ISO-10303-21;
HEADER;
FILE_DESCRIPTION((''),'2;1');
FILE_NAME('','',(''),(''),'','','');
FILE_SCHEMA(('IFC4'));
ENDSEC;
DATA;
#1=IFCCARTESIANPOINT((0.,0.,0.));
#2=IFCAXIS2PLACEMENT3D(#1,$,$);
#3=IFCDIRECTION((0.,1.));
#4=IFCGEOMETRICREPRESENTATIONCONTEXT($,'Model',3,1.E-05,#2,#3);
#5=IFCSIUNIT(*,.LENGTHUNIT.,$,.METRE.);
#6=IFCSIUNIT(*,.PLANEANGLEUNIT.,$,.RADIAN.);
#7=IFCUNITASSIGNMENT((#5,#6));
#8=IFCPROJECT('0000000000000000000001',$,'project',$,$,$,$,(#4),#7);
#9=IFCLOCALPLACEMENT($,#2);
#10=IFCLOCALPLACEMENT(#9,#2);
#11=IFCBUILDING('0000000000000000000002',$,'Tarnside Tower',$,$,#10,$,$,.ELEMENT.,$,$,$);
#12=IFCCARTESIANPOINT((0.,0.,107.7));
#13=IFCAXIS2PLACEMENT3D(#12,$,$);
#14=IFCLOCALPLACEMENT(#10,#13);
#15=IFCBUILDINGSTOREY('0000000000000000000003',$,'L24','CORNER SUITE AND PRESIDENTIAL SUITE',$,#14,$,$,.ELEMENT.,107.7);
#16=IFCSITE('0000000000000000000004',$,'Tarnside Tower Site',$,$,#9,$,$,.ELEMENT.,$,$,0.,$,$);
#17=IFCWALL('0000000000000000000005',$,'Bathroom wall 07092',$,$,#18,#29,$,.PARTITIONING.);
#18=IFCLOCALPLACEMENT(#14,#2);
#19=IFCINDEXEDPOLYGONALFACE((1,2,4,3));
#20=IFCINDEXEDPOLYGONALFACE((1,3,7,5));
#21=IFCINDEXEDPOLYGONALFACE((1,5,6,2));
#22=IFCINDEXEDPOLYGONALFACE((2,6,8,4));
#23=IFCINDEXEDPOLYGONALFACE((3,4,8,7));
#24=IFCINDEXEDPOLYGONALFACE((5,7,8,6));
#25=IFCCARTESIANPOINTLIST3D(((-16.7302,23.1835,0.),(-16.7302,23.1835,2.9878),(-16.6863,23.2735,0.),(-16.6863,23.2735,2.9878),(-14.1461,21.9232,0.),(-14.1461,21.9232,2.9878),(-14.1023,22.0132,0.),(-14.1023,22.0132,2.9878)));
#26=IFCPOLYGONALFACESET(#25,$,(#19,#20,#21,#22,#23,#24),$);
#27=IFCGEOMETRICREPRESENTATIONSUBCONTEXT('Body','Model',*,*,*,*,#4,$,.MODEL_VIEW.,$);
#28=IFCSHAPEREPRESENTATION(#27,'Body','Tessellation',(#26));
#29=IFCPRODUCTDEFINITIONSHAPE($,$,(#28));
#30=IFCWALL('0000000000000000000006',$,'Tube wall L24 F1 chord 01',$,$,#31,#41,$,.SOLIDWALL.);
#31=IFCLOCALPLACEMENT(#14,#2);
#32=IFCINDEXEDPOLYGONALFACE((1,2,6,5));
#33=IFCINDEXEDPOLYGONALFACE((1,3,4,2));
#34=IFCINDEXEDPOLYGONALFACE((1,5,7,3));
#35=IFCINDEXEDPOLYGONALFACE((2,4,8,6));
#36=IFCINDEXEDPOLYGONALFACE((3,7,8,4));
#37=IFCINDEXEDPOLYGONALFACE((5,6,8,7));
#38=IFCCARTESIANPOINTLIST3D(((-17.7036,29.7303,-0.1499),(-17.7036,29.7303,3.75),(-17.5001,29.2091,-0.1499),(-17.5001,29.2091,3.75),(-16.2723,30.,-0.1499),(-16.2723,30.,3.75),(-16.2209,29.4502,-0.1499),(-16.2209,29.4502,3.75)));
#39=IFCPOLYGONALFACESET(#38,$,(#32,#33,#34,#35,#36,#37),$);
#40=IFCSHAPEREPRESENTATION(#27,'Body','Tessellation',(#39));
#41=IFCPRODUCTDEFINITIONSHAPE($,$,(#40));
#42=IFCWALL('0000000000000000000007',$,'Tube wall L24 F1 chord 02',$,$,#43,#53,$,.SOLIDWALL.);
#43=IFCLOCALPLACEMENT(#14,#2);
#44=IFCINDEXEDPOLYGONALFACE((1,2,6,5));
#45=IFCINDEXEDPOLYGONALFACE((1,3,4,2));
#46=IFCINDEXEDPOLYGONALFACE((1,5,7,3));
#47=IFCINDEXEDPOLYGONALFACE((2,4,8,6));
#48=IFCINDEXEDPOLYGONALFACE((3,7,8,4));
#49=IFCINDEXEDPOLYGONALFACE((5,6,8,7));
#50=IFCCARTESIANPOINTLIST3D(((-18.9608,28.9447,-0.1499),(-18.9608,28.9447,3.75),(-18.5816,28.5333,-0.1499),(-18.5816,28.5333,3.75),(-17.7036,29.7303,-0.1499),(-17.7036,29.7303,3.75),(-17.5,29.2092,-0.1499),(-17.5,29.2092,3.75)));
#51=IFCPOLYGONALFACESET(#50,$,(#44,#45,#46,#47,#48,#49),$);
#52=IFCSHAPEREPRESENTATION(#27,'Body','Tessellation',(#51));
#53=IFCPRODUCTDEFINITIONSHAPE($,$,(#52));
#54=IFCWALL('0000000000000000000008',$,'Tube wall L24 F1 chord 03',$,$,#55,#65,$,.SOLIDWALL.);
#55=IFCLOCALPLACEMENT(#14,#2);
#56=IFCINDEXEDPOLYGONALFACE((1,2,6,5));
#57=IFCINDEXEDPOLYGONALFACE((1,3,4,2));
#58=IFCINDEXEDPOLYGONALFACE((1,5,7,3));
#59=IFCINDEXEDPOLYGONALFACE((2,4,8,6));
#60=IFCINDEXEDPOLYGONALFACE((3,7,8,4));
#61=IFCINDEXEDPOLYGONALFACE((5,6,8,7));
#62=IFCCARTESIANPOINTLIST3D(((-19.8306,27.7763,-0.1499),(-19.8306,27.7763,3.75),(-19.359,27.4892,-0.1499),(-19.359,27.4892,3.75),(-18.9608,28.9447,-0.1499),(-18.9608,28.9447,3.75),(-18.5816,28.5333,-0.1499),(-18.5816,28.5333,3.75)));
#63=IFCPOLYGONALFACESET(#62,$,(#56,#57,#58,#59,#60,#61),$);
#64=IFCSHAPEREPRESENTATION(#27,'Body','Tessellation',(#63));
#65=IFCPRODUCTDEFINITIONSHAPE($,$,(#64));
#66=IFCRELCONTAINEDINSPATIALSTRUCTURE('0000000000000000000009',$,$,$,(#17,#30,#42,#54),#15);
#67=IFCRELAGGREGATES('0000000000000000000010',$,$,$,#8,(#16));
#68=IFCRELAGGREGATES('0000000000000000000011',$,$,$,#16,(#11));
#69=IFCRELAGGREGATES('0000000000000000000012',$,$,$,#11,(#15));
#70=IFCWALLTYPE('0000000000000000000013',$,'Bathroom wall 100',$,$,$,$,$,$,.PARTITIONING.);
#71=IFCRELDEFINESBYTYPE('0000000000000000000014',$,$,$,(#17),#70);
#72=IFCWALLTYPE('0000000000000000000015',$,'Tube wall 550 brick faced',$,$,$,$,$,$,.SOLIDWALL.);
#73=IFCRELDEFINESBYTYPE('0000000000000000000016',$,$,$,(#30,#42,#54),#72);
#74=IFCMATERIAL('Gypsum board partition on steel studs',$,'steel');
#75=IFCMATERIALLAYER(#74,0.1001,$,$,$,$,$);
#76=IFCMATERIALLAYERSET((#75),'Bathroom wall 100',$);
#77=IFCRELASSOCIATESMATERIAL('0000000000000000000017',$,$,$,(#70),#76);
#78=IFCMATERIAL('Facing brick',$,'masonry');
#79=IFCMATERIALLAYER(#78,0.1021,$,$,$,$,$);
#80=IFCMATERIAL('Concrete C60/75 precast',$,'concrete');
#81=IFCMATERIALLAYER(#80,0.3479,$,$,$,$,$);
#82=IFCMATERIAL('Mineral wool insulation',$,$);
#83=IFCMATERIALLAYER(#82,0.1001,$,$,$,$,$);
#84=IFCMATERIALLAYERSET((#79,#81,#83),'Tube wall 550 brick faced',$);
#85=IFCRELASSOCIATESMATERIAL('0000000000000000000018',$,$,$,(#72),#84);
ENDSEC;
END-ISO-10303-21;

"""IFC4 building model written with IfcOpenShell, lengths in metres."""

from ifc_helpers import new_model, si_unit, direction, frame, frame_2d, origin, place, context, subcontext, project, spatial, polyline, rectangle, outline, extrude, material, layer, layer_set, type_object, element, save


model = new_model("IFC4")

# Units and contexts
model_context = context("Model", 3, precision=1e-05, world=origin(), true_north=direction((0.0, 1.0)))
body_context = subcontext(model_context, "Body", "Model", "MODEL_VIEW")
ifc_project = project(units=[si_unit("LENGTHUNIT", "METRE"), si_unit("PLANEANGLEUNIT", "RADIAN")], contexts=[model_context])

# Site, building, storey
site_placement = place(None, origin())
site = spatial("IfcSite", under=ifc_project, at=site_placement, Name="Tarnside Tower Site", CompositionType="ELEMENT", RefElevation=0.0)
building_placement = place(site_placement, origin())
building = spatial("IfcBuilding", under=site, at=building_placement, Name="Tarnside Tower", CompositionType="ELEMENT")
storey_placement = place(building_placement, frame((0.0, 0.0, 107.7)))
storey = spatial("IfcBuildingStorey", under=building, at=storey_placement, Name="L24", Description="CORNER SUITE AND PRESIDENTIAL SUITE", CompositionType="ELEMENT", Elevation=107.7)

# Walls
ifc_material_1 = material(Name="Gypsum board partition on steel studs", Category="steel")
ifc_layer_1 = layer(ifc_material_1, 0.1001)
ifc_layer_set_1 = layer_set([ifc_layer_1], Name="Bathroom wall 100")
wall_type_1 = type_object("IfcWallType", Name="Bathroom wall 100", PredefinedType="PARTITIONING", material=ifc_layer_set_1)
wall_1_placement = place(storey_placement, frame((-16.7083, 23.2285, 0.0), z_axis=(0.0, 0.0, 1.0), x_axis=(0.898799, -0.43836, 0.0)))
element("IfcWall", 1, at=wall_1_placement, inside=storey, type_object=wall_type_1, Name="Bathroom wall 07092", PredefinedType="PARTITIONING", context=body_context, shape_type="SweptSolid", body=[
    extrude(rectangle(XDim=2.875, YDim=0.1001, at=frame_2d((1.4375, 0.0))), origin(), (0.0, 0.0, 1.0), 2.9878),
])
ifc_material_2 = material(Name="Facing brick", Category="masonry")
ifc_layer_2 = layer(ifc_material_2, 0.1021)
ifc_material_3 = material(Name="Concrete C60/75 precast", Category="concrete")
ifc_layer_3 = layer(ifc_material_3, 0.3479)
ifc_material_4 = material(Name="Mineral wool insulation")
ifc_layer_4 = layer(ifc_material_4, 0.1001)
ifc_layer_set_2 = layer_set([ifc_layer_2, ifc_layer_3, ifc_layer_4], Name="Tube wall 550 brick faced")
wall_type_2 = type_object("IfcWallType", Name="Tube wall 550 brick faced", PredefinedType="SOLIDWALL", material=ifc_layer_set_2)
wall_2_placement = place(storey_placement, frame((-16.2466, 29.7251, -0.1499), z_axis=(0.0, 0.0, 1.0), x_axis=(-0.982705, -0.185176, 0.0)))
element("IfcWall", 2, at=wall_2_placement, inside=storey, type_object=wall_type_2, Name="Tube wall L24 F1 chord 01", PredefinedType="SOLIDWALL", context=body_context, shape_type="SweptSolid", body=[
    extrude(outline(polyline([(-0.0256, -0.2749), (1.4309, -0.2749), (1.3274, 0.2749), (0.0256, 0.2749), (-0.0256, -0.2749)])), origin(), (0.0, 0.0, 1.0), 3.8999),
])
wall_3_placement = place(storey_placement, frame((-17.6018, 29.4697, -0.1499), z_axis=(0.0, 0.0, 1.0), x_axis=(-0.848058, -0.529903, 0.0)))
element("IfcWall", 3, at=wall_3_placement, inside=storey, type_object=wall_type_2, Name="Tube wall L24 F1 chord 02", PredefinedType="SOLIDWALL", context=body_context, shape_type="SweptSolid", body=[
    extrude(outline(polyline([(-0.0518, -0.2749), (1.4307, -0.2749), (1.3271, 0.2749), (0.0518, 0.2749), (-0.0518, -0.2749)])), origin(), (0.0, 0.0, 1.0), 3.8999),
])
wall_4_placement = place(storey_placement, frame((-18.7712, 28.739, -0.1499), z_axis=(0.0, 0.0, 1.0), x_axis=(-0.597135, -0.802141, 0.0)))
element("IfcWall", 4, at=wall_4_placement, inside=storey, type_object=wall_type_2, Name="Tube wall L24 F1 chord 03", PredefinedType="SOLIDWALL", context=body_context, shape_type="SweptSolid", body=[
    extrude(outline(polyline([(-0.0518, -0.2749), (1.4048, -0.2749), (1.3535, 0.2749), (0.0518, 0.2749), (-0.0518, -0.2749)])), origin(), (0.0, 0.0, 1.0), 3.8999),
])

save(model, "model.ifc")
